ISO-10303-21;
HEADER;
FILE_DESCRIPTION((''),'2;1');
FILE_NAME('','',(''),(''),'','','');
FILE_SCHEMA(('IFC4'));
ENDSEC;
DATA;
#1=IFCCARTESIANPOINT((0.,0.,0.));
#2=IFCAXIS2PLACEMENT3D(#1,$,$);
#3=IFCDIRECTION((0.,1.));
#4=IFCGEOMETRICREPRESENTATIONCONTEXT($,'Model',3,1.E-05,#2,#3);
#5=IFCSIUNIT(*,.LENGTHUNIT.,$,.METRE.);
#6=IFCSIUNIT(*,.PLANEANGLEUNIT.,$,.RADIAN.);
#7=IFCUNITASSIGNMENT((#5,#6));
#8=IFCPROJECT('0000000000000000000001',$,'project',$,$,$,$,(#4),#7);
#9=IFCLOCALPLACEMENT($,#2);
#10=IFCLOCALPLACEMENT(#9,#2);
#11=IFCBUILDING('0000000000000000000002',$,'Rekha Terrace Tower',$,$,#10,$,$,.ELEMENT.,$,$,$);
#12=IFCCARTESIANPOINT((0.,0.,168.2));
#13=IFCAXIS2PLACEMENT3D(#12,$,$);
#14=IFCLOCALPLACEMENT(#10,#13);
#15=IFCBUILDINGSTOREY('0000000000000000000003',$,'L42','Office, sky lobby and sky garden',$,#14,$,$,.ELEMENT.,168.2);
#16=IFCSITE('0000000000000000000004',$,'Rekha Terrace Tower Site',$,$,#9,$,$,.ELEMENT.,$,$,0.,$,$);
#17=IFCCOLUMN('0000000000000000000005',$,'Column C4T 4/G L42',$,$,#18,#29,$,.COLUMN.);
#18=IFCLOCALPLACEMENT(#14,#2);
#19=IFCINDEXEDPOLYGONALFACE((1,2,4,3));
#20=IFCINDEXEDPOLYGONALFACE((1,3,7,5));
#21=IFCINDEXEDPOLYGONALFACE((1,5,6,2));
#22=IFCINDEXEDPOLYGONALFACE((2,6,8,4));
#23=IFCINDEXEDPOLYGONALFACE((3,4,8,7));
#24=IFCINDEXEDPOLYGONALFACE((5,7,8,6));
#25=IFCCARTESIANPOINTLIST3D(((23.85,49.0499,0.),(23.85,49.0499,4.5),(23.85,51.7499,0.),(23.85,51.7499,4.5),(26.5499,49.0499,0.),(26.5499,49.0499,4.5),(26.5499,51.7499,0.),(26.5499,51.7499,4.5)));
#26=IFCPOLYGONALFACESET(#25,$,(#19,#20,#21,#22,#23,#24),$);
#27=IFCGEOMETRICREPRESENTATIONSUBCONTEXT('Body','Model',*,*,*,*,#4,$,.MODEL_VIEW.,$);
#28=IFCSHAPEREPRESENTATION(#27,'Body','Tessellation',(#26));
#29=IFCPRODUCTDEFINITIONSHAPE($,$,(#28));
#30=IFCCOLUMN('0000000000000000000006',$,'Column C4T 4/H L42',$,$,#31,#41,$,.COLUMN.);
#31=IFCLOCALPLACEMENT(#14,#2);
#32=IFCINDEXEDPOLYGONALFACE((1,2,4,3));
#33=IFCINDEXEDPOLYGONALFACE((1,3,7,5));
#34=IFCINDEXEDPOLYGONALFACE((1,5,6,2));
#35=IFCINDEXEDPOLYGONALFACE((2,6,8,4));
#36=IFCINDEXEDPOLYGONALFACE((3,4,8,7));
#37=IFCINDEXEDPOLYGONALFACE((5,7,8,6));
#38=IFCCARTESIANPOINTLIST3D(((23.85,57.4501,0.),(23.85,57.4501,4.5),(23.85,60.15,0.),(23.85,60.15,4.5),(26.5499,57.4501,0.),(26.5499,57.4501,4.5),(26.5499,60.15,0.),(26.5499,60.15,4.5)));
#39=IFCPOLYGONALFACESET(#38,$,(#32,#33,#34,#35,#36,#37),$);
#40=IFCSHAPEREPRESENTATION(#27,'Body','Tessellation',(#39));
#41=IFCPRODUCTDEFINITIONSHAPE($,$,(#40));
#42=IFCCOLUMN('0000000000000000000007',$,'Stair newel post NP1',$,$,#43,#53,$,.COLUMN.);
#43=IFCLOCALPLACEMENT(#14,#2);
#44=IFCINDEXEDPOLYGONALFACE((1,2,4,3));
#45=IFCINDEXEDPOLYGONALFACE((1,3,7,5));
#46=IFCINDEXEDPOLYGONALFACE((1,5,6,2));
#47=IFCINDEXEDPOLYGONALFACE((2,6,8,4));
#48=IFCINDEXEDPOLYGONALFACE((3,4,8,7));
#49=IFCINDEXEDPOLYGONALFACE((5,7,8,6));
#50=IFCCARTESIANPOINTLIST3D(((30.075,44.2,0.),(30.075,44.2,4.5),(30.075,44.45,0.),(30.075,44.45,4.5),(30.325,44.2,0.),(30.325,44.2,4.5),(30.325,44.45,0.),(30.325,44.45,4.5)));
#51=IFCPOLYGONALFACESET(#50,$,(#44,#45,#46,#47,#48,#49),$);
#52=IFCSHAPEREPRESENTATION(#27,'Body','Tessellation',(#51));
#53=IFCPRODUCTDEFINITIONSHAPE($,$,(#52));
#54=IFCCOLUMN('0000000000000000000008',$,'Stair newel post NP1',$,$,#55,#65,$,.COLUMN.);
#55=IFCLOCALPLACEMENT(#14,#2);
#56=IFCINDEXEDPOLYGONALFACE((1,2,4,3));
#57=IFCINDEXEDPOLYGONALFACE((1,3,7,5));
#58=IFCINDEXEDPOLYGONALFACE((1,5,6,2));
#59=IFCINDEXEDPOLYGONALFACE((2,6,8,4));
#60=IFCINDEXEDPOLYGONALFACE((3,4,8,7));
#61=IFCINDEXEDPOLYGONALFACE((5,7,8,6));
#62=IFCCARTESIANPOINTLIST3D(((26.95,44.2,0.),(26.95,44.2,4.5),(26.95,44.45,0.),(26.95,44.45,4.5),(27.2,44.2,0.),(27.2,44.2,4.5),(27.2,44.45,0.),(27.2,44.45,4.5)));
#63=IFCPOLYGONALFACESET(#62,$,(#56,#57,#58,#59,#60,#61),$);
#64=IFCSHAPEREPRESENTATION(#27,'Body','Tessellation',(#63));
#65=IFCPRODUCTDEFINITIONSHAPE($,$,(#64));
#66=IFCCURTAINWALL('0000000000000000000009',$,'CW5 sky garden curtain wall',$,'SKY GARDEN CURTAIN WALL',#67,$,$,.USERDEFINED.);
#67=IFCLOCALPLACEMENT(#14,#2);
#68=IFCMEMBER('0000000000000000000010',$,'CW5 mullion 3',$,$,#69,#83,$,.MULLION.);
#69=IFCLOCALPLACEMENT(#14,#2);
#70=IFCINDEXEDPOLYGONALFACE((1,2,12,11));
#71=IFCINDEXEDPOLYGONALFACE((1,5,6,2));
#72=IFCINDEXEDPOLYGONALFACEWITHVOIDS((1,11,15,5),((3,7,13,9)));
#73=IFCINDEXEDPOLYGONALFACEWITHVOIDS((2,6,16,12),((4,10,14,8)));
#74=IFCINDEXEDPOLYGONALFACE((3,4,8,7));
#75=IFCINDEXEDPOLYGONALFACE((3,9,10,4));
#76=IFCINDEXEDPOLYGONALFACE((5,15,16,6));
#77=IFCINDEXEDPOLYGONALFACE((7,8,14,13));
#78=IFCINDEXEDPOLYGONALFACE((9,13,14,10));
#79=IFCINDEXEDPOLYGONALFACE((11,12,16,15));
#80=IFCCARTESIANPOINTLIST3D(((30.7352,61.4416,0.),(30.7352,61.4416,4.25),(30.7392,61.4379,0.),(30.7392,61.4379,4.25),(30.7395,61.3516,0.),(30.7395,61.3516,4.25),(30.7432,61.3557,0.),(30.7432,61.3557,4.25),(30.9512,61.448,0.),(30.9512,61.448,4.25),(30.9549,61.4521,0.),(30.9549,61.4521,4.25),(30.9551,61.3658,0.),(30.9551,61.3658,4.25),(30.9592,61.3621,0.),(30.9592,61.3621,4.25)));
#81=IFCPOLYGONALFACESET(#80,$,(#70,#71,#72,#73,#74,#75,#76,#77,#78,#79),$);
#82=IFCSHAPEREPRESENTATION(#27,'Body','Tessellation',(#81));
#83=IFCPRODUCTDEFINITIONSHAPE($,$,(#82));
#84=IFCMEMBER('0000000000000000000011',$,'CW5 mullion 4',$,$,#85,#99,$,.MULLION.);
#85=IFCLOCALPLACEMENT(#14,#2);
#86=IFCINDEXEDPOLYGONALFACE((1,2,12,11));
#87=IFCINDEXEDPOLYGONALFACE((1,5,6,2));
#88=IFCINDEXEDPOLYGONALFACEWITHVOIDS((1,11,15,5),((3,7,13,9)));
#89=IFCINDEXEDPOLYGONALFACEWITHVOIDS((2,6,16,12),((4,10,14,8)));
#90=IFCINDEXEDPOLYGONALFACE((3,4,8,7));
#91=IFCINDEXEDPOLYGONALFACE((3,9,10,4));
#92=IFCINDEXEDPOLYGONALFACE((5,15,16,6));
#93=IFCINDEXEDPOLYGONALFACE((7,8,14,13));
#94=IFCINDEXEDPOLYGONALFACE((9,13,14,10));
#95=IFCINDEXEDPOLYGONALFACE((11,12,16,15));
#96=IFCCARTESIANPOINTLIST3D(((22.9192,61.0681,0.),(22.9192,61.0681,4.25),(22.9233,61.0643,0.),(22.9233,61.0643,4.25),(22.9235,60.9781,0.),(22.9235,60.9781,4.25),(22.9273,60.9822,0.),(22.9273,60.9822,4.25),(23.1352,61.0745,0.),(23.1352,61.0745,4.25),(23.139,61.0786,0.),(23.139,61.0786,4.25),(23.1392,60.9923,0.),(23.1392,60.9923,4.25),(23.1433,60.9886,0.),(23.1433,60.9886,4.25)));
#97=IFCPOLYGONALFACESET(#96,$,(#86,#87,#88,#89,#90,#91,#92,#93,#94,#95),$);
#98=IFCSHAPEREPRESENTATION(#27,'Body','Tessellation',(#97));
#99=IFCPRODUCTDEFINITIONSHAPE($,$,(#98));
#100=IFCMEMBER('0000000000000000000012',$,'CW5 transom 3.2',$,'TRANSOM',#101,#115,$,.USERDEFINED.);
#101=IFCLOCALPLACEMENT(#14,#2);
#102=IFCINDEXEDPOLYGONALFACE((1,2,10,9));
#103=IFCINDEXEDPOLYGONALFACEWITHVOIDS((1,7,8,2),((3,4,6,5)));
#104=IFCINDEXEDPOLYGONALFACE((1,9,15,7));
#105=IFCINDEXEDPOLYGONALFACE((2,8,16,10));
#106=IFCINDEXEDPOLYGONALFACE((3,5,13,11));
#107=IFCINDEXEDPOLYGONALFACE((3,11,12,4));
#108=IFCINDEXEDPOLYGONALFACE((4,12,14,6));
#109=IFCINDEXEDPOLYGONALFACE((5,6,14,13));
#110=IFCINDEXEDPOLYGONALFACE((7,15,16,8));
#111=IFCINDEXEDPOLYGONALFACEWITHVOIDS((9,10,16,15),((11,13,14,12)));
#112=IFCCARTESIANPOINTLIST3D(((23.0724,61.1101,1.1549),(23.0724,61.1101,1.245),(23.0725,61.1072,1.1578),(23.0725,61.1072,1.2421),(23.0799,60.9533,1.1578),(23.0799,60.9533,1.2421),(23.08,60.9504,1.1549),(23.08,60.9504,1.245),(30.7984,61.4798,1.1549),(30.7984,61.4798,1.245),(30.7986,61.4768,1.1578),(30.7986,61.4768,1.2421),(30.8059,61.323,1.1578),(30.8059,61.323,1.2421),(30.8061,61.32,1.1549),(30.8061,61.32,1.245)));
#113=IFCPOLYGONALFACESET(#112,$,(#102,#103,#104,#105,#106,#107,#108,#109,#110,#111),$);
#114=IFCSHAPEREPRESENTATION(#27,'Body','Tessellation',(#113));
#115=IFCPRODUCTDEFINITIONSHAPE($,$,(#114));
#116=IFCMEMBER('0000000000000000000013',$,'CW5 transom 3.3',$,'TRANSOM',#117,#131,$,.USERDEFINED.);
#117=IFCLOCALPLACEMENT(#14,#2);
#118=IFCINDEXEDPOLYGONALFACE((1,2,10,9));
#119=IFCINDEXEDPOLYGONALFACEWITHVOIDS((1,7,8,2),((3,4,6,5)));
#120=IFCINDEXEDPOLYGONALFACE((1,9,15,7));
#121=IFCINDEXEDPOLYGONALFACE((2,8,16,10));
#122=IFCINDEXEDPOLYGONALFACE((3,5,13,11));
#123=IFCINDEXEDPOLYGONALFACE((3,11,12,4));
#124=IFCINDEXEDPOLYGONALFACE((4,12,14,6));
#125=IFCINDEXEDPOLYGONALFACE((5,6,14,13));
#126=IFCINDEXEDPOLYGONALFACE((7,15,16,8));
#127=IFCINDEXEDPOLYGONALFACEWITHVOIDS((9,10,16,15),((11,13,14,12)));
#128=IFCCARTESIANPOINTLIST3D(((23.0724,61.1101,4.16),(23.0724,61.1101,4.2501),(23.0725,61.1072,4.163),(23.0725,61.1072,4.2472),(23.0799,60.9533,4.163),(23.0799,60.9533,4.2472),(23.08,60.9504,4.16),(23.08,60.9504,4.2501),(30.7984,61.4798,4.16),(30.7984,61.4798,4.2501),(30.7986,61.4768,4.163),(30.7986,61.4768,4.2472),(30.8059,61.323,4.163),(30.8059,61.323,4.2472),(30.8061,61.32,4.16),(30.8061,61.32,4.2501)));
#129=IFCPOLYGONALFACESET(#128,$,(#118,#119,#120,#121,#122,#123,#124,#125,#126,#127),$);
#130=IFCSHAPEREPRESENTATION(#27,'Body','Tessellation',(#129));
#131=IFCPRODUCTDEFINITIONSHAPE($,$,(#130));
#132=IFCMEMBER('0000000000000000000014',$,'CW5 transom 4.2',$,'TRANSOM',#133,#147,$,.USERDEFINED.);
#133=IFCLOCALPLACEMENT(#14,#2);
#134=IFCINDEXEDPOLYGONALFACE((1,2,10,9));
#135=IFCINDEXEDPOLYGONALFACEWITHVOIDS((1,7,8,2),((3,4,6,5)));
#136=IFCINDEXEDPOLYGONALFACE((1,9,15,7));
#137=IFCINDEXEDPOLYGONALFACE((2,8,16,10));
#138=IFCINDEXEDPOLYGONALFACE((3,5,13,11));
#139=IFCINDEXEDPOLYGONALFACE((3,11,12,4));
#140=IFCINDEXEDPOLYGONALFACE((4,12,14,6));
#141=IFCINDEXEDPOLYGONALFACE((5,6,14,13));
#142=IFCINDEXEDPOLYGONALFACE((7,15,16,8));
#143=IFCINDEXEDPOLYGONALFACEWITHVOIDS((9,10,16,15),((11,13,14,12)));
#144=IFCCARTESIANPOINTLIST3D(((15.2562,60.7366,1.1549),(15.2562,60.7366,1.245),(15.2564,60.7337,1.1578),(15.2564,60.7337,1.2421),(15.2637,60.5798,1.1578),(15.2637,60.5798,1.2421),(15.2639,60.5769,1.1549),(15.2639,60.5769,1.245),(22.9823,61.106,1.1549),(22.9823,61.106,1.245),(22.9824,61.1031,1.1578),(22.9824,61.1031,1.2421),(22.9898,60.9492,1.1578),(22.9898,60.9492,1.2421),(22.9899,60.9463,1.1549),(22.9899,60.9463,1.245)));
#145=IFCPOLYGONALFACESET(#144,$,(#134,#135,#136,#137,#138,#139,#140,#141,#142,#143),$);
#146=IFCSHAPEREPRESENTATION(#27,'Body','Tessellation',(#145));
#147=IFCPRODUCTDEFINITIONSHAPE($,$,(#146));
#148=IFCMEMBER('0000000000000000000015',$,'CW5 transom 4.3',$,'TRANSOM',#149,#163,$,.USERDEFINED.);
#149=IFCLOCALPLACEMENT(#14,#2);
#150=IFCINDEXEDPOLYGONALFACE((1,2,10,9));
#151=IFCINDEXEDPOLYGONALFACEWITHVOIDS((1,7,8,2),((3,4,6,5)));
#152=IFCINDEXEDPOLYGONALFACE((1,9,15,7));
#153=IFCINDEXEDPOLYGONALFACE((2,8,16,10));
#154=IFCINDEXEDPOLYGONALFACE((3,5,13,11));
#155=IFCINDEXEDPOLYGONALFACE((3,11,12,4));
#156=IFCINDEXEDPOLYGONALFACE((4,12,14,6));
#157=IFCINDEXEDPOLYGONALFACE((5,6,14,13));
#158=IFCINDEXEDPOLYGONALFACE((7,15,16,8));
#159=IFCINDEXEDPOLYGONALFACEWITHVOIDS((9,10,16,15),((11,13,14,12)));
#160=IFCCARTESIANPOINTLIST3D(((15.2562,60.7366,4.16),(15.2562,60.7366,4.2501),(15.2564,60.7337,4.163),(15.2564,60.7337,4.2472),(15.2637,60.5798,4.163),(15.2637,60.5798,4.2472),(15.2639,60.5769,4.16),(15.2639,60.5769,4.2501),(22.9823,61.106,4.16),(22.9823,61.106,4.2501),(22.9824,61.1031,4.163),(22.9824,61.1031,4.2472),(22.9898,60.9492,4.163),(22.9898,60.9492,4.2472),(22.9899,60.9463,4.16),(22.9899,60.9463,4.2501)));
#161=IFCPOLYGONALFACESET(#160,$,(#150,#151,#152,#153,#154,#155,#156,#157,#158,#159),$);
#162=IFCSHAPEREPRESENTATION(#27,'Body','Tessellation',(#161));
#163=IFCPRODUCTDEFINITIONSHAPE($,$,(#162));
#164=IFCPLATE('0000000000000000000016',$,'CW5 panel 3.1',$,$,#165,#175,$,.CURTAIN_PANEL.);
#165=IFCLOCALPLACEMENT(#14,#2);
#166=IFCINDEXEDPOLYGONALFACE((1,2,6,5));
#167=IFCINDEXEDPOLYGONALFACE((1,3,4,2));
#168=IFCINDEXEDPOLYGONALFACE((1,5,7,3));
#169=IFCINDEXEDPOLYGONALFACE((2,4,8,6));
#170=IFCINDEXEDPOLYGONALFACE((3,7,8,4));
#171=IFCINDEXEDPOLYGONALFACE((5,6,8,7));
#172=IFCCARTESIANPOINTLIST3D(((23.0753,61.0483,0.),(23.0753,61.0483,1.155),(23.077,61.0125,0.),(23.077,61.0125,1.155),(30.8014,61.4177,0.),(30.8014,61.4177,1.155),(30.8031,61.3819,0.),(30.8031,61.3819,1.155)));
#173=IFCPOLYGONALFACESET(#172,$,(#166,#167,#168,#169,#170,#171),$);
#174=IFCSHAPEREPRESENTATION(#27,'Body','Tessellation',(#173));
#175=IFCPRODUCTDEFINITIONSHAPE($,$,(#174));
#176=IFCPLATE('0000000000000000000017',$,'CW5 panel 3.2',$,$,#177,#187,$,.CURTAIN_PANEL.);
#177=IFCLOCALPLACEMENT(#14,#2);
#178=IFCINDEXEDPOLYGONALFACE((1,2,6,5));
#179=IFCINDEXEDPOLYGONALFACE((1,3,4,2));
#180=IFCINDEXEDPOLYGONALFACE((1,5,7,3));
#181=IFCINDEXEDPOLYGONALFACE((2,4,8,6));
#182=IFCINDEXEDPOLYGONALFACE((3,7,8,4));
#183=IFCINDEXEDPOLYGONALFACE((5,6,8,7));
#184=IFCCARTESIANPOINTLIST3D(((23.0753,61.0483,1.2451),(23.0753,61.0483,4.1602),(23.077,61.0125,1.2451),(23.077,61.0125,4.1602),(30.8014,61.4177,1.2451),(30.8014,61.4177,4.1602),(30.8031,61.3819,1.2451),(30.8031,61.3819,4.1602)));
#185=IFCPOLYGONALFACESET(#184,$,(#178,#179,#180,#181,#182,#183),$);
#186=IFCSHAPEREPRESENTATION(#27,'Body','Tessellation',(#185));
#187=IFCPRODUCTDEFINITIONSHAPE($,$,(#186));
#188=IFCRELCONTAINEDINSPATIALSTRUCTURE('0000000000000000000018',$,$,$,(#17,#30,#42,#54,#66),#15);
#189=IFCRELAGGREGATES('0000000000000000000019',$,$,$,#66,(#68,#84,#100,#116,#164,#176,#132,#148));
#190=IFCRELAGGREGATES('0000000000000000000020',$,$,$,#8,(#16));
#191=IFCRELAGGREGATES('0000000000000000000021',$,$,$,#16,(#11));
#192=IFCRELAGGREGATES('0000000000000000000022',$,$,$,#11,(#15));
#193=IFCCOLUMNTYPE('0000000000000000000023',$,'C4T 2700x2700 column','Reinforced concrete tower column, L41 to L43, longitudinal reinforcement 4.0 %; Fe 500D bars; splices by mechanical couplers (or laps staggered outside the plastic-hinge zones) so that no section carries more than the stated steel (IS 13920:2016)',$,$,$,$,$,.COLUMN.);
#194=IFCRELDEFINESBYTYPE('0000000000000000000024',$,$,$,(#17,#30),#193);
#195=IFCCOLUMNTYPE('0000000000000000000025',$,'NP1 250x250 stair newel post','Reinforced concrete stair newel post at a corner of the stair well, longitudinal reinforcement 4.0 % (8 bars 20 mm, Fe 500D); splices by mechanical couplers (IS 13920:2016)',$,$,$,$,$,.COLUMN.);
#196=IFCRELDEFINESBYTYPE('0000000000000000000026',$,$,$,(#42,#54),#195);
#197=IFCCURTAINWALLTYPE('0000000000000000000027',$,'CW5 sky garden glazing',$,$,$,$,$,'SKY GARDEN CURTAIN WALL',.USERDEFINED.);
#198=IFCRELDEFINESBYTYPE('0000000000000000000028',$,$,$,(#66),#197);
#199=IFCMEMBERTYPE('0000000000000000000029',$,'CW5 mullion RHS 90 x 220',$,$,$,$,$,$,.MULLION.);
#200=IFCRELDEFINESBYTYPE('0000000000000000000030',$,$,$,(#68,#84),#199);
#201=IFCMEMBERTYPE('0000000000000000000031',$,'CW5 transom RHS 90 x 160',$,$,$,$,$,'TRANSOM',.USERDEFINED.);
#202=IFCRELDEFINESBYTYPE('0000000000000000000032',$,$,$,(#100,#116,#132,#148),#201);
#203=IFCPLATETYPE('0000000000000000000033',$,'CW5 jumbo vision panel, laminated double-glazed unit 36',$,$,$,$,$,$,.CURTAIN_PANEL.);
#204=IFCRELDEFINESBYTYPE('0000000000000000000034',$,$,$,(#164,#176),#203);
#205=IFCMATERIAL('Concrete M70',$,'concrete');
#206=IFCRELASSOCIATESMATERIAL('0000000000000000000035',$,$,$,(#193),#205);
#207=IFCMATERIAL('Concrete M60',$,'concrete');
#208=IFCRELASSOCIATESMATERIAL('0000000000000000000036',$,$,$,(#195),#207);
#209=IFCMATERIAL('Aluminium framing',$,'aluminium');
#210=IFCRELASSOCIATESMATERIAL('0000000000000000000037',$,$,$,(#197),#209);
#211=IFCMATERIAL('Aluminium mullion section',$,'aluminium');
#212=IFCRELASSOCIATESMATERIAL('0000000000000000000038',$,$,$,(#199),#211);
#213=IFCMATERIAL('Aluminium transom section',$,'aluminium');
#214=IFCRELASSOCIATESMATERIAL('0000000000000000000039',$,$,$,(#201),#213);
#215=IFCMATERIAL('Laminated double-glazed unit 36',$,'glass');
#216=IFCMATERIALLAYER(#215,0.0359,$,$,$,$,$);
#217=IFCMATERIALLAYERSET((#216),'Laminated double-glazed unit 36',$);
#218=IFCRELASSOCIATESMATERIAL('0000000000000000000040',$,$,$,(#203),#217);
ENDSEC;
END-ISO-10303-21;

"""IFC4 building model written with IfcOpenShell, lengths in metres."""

from ifc_helpers import new_model, si_unit, direction, frame, origin, origin_2d, place, context, subcontext, project, spatial, rectangle, hollow_rectangle, extrude, material, layer, layer_set, material_profile, profile_set, type_object, element, aggregate, save


model = new_model("IFC4")

# Units and contexts
model_context = context("Model", 3, precision=1e-05, world=origin(), true_north=direction((0.0, 1.0)))
body_context = subcontext(model_context, "Body", "Model", "MODEL_VIEW")
ifc_project = project(units=[si_unit("LENGTHUNIT", "METRE"), si_unit("PLANEANGLEUNIT", "RADIAN")], contexts=[model_context])

# Site, building, storey
site_placement = place(None, origin())
site = spatial("IfcSite", under=ifc_project, at=site_placement, Name="Rekha Terrace Tower Site", CompositionType="ELEMENT", RefElevation=0.0)
building_placement = place(site_placement, origin())
building = spatial("IfcBuilding", under=site, at=building_placement, Name="Rekha Terrace Tower", CompositionType="ELEMENT")
storey_placement = place(building_placement, frame((0.0, 0.0, 168.2)))
storey = spatial("IfcBuildingStorey", under=building, at=storey_placement, Name="L42", Description="Office, sky lobby and sky garden", CompositionType="ELEMENT", Elevation=168.2)

# Columns
ifc_material_1 = material(Name="Concrete M70", Category="concrete")
ifc_material_profile_1 = material_profile(ifc_material_1, rectangle(XDim=2.7, YDim=2.7, at=origin_2d()), Name="RC 2700x2700")
ifc_profile_set_1 = profile_set([ifc_material_profile_1], Name="Concrete M70")
column_type_1 = type_object("IfcColumnType", Name="C4T 2700x2700 column", Description="Reinforced concrete tower column, L41 to L43, longitudinal reinforcement 4.0 %; Fe 500D bars; splices by mechanical couplers (or laps staggered outside the plastic-hinge zones) so that no section carries more than the stated steel (IS 13920:2016)", PredefinedType="COLUMN", material=ifc_profile_set_1)
for number, where, z_axis, x_axis, name in (
    (1, (25.2, 50.3999, 0.0), (0.0, 0.0, 1.0), (1.0, 0.0, 0.0), "Column C4T 4/G L42"),
    (2, (25.2, 58.8, 0.0), (0.0, 0.0, 1.0), (1.0, 0.0, 0.0), "Column C4T 4/H L42"),
):
    element("IfcColumn", number, at=place(storey_placement, frame(where, z_axis=z_axis, x_axis=x_axis)), inside=storey, type_object=column_type_1, Name=name, PredefinedType="COLUMN", context=body_context, shape_type="SweptSolid", body=[
        extrude(rectangle(XDim=2.7, YDim=2.7, at=origin_2d()), origin(), (0.0, 0.0, 1.0), 4.5),
    ])
ifc_material_2 = material(Name="Concrete M60", Category="concrete")
ifc_material_profile_2 = material_profile(ifc_material_2, rectangle(XDim=0.25, YDim=0.25, at=origin_2d()), Name="RC 250x250")
ifc_profile_set_2 = profile_set([ifc_material_profile_2], Name="Concrete M60")
column_type_2 = type_object("IfcColumnType", Name="NP1 250x250 stair newel post", Description="Reinforced concrete stair newel post at a corner of the stair well, longitudinal reinforcement 4.0 % (8 bars 20 mm, Fe 500D); splices by mechanical couplers (IS 13920:2016)", PredefinedType="COLUMN", material=ifc_profile_set_2)
for number, where, z_axis, x_axis, name in (
    (3, (30.2, 44.325, 0.0), (0.0, 0.0, 1.0), (1.0, 0.0, 0.0), "Stair newel post NP1"),
    (4, (27.075, 44.325, 0.0), (0.0, 0.0, 1.0), (1.0, 0.0, 0.0), "Stair newel post NP1"),
):
    element("IfcColumn", number, at=place(storey_placement, frame(where, z_axis=z_axis, x_axis=x_axis)), inside=storey, type_object=column_type_2, Name=name, PredefinedType="COLUMN", context=body_context, shape_type="SweptSolid", body=[
        extrude(rectangle(XDim=0.25, YDim=0.25, at=origin_2d()), origin(), (0.0, 0.0, 1.0), 4.5),
    ])

# Curtain wall, members, plates
ifc_material_3 = material(Name="Aluminium framing", Category="aluminium")
curtain_wall_type = type_object("IfcCurtainWallType", Name="CW5 sky garden glazing", ElementType="SKY GARDEN CURTAIN WALL", PredefinedType="USERDEFINED", material=ifc_material_3)
curtain_wall_placement = place(storey_placement, origin())
curtain_wall = element("IfcCurtainWall", 5, at=curtain_wall_placement, inside=storey, type_object=curtain_wall_type, Name="CW5 sky garden curtain wall", ObjectType="SKY GARDEN CURTAIN WALL", PredefinedType="USERDEFINED")
ifc_material_4 = material(Name="Aluminium mullion section", Category="aluminium")
ifc_material_profile_3 = material_profile(ifc_material_4, hollow_rectangle(XDim=0.0901, YDim=0.22, WallThickness=0.0039, at=origin_2d()), Name="AL RHS 90x220")
ifc_profile_set_3 = profile_set([ifc_material_profile_3], Name="Aluminium mullion section")
member_type_1 = type_object("IfcMemberType", Name="CW5 mullion RHS 90 x 220", PredefinedType="MULLION", material=ifc_profile_set_3)
member_1_placement = place(storey_placement, frame((30.8472, 61.4019, 0.0), z_axis=(0.0, 0.0, 1.0), x_axis=(0.047759, -0.998859, 0.0)))
member_1 = element("IfcMember", 6, at=member_1_placement, type_object=member_type_1, Name="CW5 mullion 3", PredefinedType="MULLION", context=body_context, shape_type="SweptSolid", body=[
    extrude(hollow_rectangle(XDim=0.0901, YDim=0.22, WallThickness=0.0039, at=origin_2d()), origin(), (0.0, 0.0, 1.0), 4.25),
])
member_2_placement = place(storey_placement, frame((23.0312, 61.0283, 0.0), z_axis=(0.0, 0.0, 1.0), x_axis=(0.047759, -0.998859, 0.0)))
member_2 = element("IfcMember", 7, at=member_2_placement, type_object=member_type_1, Name="CW5 mullion 4", PredefinedType="MULLION", context=body_context, shape_type="SweptSolid", body=[
    extrude(hollow_rectangle(XDim=0.0901, YDim=0.22, WallThickness=0.0039, at=origin_2d()), origin(), (0.0, 0.0, 1.0), 4.25),
])
ifc_material_5 = material(Name="Aluminium transom section", Category="aluminium")
ifc_material_profile_4 = material_profile(ifc_material_5, hollow_rectangle(XDim=0.1599, YDim=0.0901, WallThickness=0.0029, at=origin_2d()), Name="AL RHS 160x90")
ifc_profile_set_4 = profile_set([ifc_material_profile_4], Name="Aluminium transom section")
member_type_2 = type_object("IfcMemberType", Name="CW5 transom RHS 90 x 160", ElementType="TRANSOM", PredefinedType="USERDEFINED", material=ifc_profile_set_4)
member_3_placement = place(storey_placement, frame((30.8022, 61.3999, 1.2), z_axis=(-0.998858, -0.047787, 0.0), x_axis=(0.047787, -0.998858, 0.0)))
member_3 = element("IfcMember", 8, at=member_3_placement, type_object=member_type_2, Name="CW5 transom 3.2", ObjectType="TRANSOM", PredefinedType="USERDEFINED", context=body_context, shape_type="SweptSolid", body=[
    extrude(hollow_rectangle(XDim=0.1599, YDim=0.0901, WallThickness=0.0029, at=origin_2d()), origin(), (0.0, 0.0, 1.0), 7.7349),
])
member_4_placement = place(storey_placement, frame((30.8022, 61.3999, 4.2051), z_axis=(-0.998858, -0.047787, 0.0), x_axis=(0.047787, -0.998858, 0.0)))
member_4 = element("IfcMember", 9, at=member_4_placement, type_object=member_type_2, Name="CW5 transom 3.3", ObjectType="TRANSOM", PredefinedType="USERDEFINED", context=body_context, shape_type="SweptSolid", body=[
    extrude(hollow_rectangle(XDim=0.1599, YDim=0.0901, WallThickness=0.0029, at=origin_2d()), origin(), (0.0, 0.0, 1.0), 7.7349),
])
member_5_placement = place(storey_placement, frame((22.9861, 61.0261, 1.2), z_axis=(-0.998859, -0.047756, 0.0), x_axis=(0.047756, -0.998859, 0.0)))
member_5 = element("IfcMember", 10, at=member_5_placement, type_object=member_type_2, Name="CW5 transom 4.2", ObjectType="TRANSOM", PredefinedType="USERDEFINED", context=body_context, shape_type="SweptSolid", body=[
    extrude(hollow_rectangle(XDim=0.1599, YDim=0.0901, WallThickness=0.0029, at=origin_2d()), origin(), (0.0, 0.0, 1.0), 7.7349),
])
member_6_placement = place(storey_placement, frame((22.9861, 61.0261, 4.2051), z_axis=(-0.998859, -0.047756, 0.0), x_axis=(0.047756, -0.998859, 0.0)))
member_6 = element("IfcMember", 11, at=member_6_placement, type_object=member_type_2, Name="CW5 transom 4.3", ObjectType="TRANSOM", PredefinedType="USERDEFINED", context=body_context, shape_type="SweptSolid", body=[
    extrude(hollow_rectangle(XDim=0.1599, YDim=0.0901, WallThickness=0.0029, at=origin_2d()), origin(), (0.0, 0.0, 1.0), 7.7349),
])
ifc_material_6 = material(Name="Laminated double-glazed unit 36", Category="glass")
ifc_layer_1 = layer(ifc_material_6, 0.0359)
ifc_layer_set_1 = layer_set([ifc_layer_1], Name="Laminated double-glazed unit 36")
plate_type = type_object("IfcPlateType", Name="CW5 jumbo vision panel, laminated double-glazed unit 36", PredefinedType="CURTAIN_PANEL", material=ifc_layer_set_1)
plate_1_placement = place(storey_placement, frame((26.9392, 61.2151, 0.0), z_axis=(0.0, 0.0, 1.0), x_axis=(-0.998859, -0.047759, 0.0)))
plate_1 = element("IfcPlate", 12, at=plate_1_placement, type_object=plate_type, Name="CW5 panel 3.1", PredefinedType="CURTAIN_PANEL", context=body_context, shape_type="SweptSolid", body=[
    extrude(rectangle(XDim=7.7349, YDim=0.0359, at=origin_2d()), origin(), (0.0, 0.0, 1.0), 1.155),
])
plate_2_placement = place(storey_placement, frame((26.9392, 61.2151, 1.2451), z_axis=(0.0, 0.0, 1.0), x_axis=(-0.998859, -0.047759, 0.0)))
plate_2 = element("IfcPlate", 13, at=plate_2_placement, type_object=plate_type, Name="CW5 panel 3.2", PredefinedType="CURTAIN_PANEL", context=body_context, shape_type="SweptSolid", body=[
    extrude(rectangle(XDim=7.7349, YDim=0.0359, at=origin_2d()), origin(), (0.0, 0.0, 1.0), 2.915),
])
aggregate(curtain_wall, [member_1, member_2, member_3, member_4, plate_1, plate_2, member_5, member_6])

save(model, "model.ifc")
